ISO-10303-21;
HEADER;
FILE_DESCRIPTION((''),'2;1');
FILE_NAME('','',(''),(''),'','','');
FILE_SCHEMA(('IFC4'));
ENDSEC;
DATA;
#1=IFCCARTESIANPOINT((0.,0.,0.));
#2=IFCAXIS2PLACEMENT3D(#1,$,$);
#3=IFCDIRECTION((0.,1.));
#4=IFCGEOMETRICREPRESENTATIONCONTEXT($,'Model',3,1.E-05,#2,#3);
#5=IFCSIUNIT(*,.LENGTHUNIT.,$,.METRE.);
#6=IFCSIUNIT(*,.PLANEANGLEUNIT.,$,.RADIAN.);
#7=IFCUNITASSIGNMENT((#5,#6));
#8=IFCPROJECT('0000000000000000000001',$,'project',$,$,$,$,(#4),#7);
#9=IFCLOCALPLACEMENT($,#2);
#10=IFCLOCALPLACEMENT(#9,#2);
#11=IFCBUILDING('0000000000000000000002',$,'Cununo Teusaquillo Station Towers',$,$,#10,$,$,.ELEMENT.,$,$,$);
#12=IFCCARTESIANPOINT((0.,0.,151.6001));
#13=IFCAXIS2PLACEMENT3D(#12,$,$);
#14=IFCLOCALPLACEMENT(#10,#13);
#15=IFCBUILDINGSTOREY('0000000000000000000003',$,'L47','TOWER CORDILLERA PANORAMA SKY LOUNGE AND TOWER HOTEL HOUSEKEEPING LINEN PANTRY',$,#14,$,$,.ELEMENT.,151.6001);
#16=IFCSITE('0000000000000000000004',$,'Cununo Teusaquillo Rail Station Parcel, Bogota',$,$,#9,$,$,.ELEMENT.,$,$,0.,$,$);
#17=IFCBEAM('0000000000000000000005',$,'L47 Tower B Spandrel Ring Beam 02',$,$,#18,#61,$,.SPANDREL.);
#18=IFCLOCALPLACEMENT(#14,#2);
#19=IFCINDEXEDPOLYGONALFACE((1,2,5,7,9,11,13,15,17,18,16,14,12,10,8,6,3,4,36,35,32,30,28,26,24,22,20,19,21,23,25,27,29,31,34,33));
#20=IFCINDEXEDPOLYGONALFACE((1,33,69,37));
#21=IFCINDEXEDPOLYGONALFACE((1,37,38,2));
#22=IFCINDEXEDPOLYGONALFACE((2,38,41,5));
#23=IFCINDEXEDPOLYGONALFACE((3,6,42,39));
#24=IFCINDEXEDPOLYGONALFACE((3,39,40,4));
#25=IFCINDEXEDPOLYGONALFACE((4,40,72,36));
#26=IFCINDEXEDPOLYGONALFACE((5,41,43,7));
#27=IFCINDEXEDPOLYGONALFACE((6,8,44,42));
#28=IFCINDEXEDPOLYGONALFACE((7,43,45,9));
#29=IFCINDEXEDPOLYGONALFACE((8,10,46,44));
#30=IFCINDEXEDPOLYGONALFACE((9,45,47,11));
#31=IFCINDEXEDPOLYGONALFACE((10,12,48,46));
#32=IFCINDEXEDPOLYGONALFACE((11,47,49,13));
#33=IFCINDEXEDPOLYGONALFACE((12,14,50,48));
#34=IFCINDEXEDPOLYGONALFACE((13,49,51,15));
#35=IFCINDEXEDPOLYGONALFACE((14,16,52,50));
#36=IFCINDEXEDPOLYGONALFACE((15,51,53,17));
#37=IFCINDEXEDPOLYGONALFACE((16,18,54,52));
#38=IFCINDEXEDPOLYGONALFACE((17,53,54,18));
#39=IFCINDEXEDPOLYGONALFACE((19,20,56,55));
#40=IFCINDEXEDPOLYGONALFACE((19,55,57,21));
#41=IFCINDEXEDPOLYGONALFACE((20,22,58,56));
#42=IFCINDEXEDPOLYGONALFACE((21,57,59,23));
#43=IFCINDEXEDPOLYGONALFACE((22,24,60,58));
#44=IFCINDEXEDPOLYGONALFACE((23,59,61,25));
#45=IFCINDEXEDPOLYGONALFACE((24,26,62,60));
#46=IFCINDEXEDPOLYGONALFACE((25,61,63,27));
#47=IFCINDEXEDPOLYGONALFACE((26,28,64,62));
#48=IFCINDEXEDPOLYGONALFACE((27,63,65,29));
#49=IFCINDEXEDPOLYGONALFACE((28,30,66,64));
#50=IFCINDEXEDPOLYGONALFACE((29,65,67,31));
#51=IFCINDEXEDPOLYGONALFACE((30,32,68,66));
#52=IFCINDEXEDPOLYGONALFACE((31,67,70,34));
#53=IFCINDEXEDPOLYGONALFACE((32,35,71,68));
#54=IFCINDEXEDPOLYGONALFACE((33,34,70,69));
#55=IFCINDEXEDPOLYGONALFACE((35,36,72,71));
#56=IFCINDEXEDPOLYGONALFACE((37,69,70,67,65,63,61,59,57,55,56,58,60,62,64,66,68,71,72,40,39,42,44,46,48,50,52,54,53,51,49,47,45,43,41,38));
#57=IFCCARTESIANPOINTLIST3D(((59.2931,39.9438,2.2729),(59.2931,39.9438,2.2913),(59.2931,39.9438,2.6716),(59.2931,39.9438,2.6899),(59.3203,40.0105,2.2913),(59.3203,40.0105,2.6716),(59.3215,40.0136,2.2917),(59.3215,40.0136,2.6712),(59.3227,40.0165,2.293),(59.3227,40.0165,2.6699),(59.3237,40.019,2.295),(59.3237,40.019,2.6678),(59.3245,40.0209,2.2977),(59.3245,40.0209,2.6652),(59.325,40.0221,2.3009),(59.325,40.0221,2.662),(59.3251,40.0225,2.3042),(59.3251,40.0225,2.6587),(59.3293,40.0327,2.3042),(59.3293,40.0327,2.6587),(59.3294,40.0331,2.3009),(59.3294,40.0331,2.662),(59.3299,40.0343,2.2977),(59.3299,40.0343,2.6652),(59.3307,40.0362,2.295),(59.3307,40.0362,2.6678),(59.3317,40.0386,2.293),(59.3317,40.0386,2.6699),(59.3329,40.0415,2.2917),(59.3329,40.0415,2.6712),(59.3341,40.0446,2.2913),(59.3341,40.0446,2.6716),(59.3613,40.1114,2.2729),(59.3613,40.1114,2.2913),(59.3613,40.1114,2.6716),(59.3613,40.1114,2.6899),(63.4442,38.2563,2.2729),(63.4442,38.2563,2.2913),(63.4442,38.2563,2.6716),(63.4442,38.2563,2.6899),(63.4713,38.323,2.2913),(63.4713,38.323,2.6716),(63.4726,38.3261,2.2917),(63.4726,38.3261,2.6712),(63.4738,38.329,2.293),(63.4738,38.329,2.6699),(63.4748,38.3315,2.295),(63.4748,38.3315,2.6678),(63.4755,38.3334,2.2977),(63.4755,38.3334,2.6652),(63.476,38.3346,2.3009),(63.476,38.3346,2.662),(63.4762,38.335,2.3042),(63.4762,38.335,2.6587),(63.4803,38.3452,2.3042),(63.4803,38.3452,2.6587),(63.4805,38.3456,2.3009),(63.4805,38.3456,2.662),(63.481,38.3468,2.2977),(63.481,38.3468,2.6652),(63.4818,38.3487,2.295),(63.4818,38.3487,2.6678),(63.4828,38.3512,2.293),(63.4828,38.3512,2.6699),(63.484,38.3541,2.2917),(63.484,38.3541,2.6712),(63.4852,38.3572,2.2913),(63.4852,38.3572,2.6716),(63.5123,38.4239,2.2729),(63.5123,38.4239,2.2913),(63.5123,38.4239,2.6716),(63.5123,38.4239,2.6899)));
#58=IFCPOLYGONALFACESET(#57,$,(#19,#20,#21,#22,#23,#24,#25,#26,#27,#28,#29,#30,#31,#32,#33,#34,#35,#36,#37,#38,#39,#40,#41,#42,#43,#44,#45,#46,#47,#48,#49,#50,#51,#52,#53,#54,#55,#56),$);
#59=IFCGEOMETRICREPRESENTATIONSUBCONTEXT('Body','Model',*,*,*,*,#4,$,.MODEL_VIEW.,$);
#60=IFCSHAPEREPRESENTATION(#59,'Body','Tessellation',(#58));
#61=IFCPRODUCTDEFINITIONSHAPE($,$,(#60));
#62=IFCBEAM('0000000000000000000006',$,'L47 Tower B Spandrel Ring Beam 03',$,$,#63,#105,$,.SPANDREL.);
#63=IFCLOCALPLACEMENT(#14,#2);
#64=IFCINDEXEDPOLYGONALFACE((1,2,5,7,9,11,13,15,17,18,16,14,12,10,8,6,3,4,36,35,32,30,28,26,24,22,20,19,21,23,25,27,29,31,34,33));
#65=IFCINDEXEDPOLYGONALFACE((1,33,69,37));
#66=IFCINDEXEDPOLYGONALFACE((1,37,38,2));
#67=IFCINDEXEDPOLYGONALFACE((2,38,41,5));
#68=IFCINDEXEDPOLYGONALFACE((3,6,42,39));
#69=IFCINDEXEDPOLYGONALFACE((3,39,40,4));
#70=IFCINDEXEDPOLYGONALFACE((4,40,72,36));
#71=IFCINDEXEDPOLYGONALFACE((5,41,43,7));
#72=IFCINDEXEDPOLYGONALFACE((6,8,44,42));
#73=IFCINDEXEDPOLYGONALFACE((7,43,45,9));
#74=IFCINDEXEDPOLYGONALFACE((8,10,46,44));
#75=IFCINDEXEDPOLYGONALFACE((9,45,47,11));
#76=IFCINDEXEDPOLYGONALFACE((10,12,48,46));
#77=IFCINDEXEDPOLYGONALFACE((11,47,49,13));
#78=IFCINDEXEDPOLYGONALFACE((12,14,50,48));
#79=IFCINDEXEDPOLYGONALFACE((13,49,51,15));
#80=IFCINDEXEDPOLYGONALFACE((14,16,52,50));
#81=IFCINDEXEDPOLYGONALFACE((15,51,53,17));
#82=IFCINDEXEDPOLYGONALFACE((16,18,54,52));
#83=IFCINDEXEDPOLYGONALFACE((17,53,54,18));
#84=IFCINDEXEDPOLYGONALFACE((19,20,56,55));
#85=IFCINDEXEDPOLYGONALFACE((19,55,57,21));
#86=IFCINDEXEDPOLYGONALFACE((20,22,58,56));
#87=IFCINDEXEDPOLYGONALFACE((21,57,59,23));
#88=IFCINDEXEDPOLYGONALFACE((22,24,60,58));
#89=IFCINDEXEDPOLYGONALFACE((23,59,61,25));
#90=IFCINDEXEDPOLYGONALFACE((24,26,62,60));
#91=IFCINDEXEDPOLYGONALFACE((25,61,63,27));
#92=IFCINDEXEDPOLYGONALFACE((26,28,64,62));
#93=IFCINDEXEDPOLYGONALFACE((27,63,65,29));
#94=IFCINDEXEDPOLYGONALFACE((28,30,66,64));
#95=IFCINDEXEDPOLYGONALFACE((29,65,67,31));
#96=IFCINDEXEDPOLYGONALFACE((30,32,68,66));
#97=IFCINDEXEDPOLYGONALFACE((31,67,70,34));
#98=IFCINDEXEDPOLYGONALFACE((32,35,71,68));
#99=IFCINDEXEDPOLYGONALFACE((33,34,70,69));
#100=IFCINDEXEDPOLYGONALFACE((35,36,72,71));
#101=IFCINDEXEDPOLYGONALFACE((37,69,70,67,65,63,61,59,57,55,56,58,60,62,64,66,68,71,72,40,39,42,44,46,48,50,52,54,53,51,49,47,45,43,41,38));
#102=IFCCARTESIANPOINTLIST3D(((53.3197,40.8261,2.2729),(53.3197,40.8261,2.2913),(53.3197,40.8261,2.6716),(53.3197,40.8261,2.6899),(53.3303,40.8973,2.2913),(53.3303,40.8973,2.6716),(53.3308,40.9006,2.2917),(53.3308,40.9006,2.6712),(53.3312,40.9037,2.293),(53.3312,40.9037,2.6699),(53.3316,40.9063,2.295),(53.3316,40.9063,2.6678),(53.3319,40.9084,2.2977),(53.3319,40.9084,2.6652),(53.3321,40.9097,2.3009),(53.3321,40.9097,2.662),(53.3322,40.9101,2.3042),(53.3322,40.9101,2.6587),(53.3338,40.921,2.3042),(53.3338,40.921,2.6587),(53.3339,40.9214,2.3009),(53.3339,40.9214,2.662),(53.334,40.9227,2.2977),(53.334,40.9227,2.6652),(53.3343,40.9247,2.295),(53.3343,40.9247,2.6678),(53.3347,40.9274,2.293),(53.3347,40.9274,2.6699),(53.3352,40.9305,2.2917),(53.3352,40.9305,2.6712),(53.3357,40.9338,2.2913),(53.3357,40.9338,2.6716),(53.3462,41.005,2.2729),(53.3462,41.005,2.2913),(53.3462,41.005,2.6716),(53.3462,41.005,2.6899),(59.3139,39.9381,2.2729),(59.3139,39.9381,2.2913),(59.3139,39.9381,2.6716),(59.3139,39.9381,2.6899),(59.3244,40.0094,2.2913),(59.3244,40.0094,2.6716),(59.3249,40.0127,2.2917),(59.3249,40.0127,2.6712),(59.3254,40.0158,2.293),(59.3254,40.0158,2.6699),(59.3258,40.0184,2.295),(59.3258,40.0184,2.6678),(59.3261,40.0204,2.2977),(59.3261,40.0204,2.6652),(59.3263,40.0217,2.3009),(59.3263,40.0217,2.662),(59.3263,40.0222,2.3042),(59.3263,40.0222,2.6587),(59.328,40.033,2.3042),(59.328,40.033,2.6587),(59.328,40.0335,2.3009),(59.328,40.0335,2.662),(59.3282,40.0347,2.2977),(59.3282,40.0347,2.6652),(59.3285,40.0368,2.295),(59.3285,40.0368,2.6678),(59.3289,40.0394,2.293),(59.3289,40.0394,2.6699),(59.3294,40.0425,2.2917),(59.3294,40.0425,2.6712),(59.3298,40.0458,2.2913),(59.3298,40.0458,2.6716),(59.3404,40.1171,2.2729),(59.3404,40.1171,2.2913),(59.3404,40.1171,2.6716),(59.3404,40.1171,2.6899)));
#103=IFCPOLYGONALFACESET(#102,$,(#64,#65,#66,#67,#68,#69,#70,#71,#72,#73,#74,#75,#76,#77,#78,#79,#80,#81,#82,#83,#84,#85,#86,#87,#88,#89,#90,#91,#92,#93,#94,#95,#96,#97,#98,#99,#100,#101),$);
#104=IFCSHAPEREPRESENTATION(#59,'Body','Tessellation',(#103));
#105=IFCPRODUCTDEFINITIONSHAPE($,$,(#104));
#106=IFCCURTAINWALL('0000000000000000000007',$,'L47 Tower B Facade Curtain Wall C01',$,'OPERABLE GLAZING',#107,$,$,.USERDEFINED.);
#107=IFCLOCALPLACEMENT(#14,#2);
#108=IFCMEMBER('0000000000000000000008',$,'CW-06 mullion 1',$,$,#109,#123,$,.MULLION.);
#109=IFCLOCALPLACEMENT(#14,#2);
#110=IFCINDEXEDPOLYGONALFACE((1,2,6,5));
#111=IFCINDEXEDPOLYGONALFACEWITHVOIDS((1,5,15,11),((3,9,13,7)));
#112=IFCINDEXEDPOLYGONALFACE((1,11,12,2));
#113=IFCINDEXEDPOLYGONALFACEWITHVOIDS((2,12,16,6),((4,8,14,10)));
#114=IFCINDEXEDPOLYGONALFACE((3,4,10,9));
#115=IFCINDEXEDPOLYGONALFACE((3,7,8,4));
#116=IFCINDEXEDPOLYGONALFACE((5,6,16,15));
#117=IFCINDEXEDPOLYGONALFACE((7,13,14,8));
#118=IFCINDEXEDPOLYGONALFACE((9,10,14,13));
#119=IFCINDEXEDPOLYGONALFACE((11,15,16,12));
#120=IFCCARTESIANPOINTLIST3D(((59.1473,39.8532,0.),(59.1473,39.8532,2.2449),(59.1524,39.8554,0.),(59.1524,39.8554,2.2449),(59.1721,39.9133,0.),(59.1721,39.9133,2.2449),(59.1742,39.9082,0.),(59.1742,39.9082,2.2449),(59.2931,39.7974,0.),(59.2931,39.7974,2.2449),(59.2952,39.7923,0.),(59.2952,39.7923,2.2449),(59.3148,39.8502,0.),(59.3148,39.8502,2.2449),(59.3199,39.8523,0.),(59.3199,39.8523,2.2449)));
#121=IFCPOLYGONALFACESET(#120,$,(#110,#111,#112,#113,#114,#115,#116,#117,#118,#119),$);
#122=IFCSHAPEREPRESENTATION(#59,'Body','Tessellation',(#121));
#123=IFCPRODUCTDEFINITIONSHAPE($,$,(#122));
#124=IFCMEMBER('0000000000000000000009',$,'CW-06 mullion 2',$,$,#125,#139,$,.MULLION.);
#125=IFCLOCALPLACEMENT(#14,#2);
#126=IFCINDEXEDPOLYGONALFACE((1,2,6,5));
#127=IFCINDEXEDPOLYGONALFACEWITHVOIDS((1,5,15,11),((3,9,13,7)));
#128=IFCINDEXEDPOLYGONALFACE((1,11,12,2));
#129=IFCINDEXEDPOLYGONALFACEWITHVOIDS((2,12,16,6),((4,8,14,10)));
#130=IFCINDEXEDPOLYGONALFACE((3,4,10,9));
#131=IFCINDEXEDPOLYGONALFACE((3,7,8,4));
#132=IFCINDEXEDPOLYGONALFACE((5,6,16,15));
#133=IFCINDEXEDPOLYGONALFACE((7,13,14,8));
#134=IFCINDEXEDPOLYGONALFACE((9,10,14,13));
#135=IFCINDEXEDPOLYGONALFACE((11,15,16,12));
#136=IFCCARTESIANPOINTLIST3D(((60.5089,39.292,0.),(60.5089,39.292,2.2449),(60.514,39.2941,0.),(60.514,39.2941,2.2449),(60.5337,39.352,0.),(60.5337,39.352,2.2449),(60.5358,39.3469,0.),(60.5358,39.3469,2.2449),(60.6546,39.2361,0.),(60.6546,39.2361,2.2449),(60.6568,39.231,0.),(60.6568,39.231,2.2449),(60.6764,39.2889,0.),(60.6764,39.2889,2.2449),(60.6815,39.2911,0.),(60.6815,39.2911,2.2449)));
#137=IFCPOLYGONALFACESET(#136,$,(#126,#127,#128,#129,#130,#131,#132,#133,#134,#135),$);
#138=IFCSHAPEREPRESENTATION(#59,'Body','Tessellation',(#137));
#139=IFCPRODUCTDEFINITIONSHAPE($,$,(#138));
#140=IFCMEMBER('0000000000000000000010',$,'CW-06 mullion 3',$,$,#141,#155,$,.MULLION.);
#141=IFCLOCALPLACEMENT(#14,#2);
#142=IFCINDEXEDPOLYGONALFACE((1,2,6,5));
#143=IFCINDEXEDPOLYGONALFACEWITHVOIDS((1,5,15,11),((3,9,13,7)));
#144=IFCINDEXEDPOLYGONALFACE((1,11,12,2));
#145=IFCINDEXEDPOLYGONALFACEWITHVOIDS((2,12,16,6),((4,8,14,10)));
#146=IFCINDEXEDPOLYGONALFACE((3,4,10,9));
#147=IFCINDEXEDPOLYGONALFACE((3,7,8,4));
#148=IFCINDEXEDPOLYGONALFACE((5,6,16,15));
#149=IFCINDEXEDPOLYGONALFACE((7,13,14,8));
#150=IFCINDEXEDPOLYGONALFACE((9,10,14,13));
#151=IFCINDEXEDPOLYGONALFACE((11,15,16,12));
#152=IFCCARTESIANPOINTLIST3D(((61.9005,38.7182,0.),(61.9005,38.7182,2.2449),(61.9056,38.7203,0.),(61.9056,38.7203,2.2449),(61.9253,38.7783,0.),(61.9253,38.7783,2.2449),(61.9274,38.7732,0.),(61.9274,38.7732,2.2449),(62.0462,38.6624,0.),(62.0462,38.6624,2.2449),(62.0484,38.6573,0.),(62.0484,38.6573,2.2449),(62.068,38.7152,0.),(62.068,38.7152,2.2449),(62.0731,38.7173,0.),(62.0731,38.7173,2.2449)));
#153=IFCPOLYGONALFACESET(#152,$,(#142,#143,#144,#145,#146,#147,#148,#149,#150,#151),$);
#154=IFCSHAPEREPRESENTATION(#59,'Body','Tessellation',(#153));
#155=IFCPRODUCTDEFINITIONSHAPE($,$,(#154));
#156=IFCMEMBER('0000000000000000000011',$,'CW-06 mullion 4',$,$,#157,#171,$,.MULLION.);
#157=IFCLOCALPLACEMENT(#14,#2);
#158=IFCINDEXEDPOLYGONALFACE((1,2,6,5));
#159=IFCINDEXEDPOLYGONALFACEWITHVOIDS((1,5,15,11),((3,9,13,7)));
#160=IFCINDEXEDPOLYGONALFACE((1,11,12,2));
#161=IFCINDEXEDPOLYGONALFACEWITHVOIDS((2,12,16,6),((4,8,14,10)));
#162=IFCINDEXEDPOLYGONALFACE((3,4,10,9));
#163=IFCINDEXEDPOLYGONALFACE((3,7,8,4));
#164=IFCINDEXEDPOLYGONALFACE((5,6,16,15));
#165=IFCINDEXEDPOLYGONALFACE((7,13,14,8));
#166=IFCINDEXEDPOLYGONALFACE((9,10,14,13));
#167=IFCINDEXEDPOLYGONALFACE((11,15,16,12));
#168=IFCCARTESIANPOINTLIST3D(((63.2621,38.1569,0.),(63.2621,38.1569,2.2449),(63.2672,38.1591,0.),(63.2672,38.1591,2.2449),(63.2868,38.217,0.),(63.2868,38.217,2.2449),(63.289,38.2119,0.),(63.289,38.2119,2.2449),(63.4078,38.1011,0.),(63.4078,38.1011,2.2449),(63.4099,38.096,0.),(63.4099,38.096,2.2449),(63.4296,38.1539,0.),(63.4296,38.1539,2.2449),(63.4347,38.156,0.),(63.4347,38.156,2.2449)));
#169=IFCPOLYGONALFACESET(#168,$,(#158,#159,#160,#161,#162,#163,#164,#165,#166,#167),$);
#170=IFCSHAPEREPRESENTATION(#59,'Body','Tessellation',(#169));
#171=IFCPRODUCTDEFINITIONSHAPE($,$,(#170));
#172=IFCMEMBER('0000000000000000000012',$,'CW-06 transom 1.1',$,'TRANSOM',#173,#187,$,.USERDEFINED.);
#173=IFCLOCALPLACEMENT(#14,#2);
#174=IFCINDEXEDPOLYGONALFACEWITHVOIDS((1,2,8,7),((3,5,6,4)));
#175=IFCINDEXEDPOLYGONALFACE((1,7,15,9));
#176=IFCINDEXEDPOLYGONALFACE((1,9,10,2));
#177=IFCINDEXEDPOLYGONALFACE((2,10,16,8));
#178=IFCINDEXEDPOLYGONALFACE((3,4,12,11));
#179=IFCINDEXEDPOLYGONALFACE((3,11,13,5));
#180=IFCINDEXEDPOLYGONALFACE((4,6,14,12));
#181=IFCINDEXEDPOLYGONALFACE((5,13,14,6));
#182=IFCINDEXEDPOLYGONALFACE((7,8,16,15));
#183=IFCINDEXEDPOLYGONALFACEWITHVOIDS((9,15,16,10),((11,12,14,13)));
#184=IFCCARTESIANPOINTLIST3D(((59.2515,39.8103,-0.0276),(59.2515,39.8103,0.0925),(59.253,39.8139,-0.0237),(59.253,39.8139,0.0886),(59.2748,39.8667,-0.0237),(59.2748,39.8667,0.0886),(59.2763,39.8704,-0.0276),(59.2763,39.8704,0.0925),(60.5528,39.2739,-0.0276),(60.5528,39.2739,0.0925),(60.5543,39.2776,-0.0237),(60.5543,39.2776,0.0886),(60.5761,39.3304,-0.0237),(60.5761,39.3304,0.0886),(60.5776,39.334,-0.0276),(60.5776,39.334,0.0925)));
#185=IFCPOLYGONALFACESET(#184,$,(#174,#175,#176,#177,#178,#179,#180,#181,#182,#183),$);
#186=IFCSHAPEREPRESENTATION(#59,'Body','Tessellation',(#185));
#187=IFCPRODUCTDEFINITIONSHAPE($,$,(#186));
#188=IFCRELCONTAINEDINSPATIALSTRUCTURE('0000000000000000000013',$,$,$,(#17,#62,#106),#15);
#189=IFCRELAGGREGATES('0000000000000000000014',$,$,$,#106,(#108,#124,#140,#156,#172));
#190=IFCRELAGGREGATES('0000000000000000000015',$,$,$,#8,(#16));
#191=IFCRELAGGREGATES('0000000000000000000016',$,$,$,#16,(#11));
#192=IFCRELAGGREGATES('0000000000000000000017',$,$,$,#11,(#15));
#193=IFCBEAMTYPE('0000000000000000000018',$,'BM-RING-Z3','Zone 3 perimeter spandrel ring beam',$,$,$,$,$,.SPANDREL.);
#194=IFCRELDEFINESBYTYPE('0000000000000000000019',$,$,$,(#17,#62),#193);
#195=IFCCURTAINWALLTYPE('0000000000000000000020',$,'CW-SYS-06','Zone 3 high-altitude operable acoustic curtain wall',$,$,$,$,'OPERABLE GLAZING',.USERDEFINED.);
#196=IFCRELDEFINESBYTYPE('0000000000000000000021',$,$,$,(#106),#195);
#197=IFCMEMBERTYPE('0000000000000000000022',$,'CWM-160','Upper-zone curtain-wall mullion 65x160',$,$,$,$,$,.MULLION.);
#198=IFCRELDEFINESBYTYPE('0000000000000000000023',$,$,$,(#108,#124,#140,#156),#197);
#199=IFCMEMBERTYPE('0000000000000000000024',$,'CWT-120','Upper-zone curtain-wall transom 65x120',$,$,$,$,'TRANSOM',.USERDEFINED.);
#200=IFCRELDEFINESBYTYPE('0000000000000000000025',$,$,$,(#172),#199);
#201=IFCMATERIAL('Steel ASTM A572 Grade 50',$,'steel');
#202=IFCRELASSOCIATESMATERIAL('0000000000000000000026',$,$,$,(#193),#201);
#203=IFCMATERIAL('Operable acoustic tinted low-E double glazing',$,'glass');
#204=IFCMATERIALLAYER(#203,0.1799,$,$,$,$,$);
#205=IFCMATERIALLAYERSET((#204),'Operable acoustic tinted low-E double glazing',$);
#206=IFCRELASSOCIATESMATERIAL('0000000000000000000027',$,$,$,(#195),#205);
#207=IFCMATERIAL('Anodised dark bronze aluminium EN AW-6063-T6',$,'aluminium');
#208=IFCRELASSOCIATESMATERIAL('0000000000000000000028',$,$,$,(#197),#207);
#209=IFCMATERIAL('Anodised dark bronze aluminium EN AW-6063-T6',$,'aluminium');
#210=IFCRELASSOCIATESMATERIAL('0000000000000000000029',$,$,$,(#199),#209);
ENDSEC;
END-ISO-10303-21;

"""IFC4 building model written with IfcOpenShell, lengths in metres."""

from ifc_helpers import new_model, si_unit, direction, frame, origin, origin_2d, place, context, subcontext, project, spatial, hollow_rectangle, i_section, extrude, material, layer, layer_set, material_profile, profile_set, type_object, element, aggregate, save


model = new_model("IFC4")

# Units and contexts
model_context = context("Model", 3, precision=1e-05, world=origin(), true_north=direction((0.0, 1.0)))
body_context = subcontext(model_context, "Body", "Model", "MODEL_VIEW")
ifc_project = project(units=[si_unit("LENGTHUNIT", "METRE"), si_unit("PLANEANGLEUNIT", "RADIAN")], contexts=[model_context])

# Site, building, storey
site_placement = place(None, origin())
site = spatial("IfcSite", under=ifc_project, at=site_placement, Name="Cununo Teusaquillo Rail Station Parcel, Bogota", CompositionType="ELEMENT", RefElevation=0.0)
building_placement = place(site_placement, origin())
building = spatial("IfcBuilding", under=site, at=building_placement, Name="Cununo Teusaquillo Station Towers", CompositionType="ELEMENT")
storey_placement = place(building_placement, frame((0.0, 0.0, 151.6001)))
storey = spatial("IfcBuildingStorey", under=building, at=storey_placement, Name="L47", Description="TOWER CORDILLERA PANORAMA SKY LOUNGE AND TOWER HOTEL HOUSEKEEPING LINEN PANTRY", CompositionType="ELEMENT", Elevation=151.6001)

# Beams
ifc_material_1 = material(Name="Steel ASTM A572 Grade 50", Category="steel")
ifc_material_profile_1 = material_profile(ifc_material_1, i_section(OverallWidth=0.1809, OverallDepth=0.417, WebThickness=0.011, FlangeThickness=0.0183, FilletRadius=0.0129, at=origin_2d()), Name="W16X57")
ifc_profile_set_1 = profile_set([ifc_material_profile_1], Name="Steel ASTM A572 Grade 50")
beam_type_1 = type_object("IfcBeamType", Name="BM-RING-Z3", Description="Zone 3 perimeter spandrel ring beam", PredefinedType="SPANDREL", material=ifc_profile_set_1)
beam_1_placement = place(storey_placement, frame((63.4783, 38.3401, 2.4814), z_axis=(-0.92638, 0.376589, 0.0), x_axis=(-0.376589, -0.92638, 0.0)))
element("IfcBeam", 1, at=beam_1_placement, inside=storey, type_object=beam_type_1, Name="L47 Tower B Spandrel Ring Beam 02", PredefinedType="SPANDREL", context=body_context, shape_type="SweptSolid", body=[
    extrude(i_section(OverallWidth=0.1809, OverallDepth=0.417, WebThickness=0.011, FlangeThickness=0.0183, FilletRadius=0.0129, at=origin_2d()), origin(), (0.0, 0.0, 1.0), 4.481),
])
beam_2_placement = place(storey_placement, frame((59.3271, 40.0276, 2.4814), z_axis=(-0.989205, 0.146536, 0.0), x_axis=(-0.146536, -0.989205, 0.0)))
element("IfcBeam", 2, at=beam_2_placement, inside=storey, type_object=beam_type_1, Name="L47 Tower B Spandrel Ring Beam 03", PredefinedType="SPANDREL", context=body_context, shape_type="SweptSolid", body=[
    extrude(i_section(OverallWidth=0.1809, OverallDepth=0.417, WebThickness=0.011, FlangeThickness=0.0183, FilletRadius=0.0129, at=origin_2d()), origin(), (0.0, 0.0, 1.0), 6.0596),
])

# Curtain wall, members
ifc_material_2 = material(Name="Operable acoustic tinted low-E double glazing", Category="glass")
ifc_layer_1 = layer(ifc_material_2, 0.1799)
ifc_layer_set_1 = layer_set([ifc_layer_1], Name="Operable acoustic tinted low-E double glazing")
curtain_wall_type = type_object("IfcCurtainWallType", Name="CW-SYS-06", Description="Zone 3 high-altitude operable acoustic curtain wall", ElementType="OPERABLE GLAZING", PredefinedType="USERDEFINED", material=ifc_layer_set_1)
curtain_wall_placement = place(storey_placement, origin())
curtain_wall = element("IfcCurtainWall", 3, at=curtain_wall_placement, inside=storey, type_object=curtain_wall_type, Name="L47 Tower B Facade Curtain Wall C01", ObjectType="OPERABLE GLAZING", PredefinedType="USERDEFINED")
ifc_material_3 = material(Name="Anodised dark bronze aluminium EN AW-6063-T6", Category="aluminium")
ifc_material_profile_2 = material_profile(ifc_material_3, hollow_rectangle(XDim=0.0649, YDim=0.1599, WallThickness=0.0039, at=origin_2d()), Name="CW-MULL-65x160")
ifc_profile_set_2 = profile_set([ifc_material_profile_2], Name="Anodised dark bronze aluminium EN AW-6063-T6")
member_type_1 = type_object("IfcMemberType", Name="CWM-160", Description="Upper-zone curtain-wall mullion 65x160", PredefinedType="MULLION", material=ifc_profile_set_2)
member_1_placement = place(storey_placement, frame((59.2336, 39.8528, 0.0), z_axis=(0.0, 0.0, 1.0), x_axis=(0.381122, 0.924525, 0.0)))
member_1 = element("IfcMember", 4, at=member_1_placement, type_object=member_type_1, Name="CW-06 mullion 1", PredefinedType="MULLION", context=body_context, shape_type="SweptSolid", body=[
    extrude(hollow_rectangle(XDim=0.0649, YDim=0.1599, WallThickness=0.0039, at=origin_2d()), origin(), (0.0, 0.0, 1.0), 2.2449),
])
member_2_placement = place(storey_placement, frame((60.5952, 39.2915, 0.0), z_axis=(0.0, 0.0, 1.0), x_axis=(0.381122, 0.924525, 0.0)))
member_2 = element("IfcMember", 5, at=member_2_placement, type_object=member_type_1, Name="CW-06 mullion 2", PredefinedType="MULLION", context=body_context, shape_type="SweptSolid", body=[
    extrude(hollow_rectangle(XDim=0.0649, YDim=0.1599, WallThickness=0.0039, at=origin_2d()), origin(), (0.0, 0.0, 1.0), 2.2449),
])
member_3_placement = place(storey_placement, frame((61.9868, 38.7178, 0.0), z_axis=(0.0, 0.0, 1.0), x_axis=(0.381122, 0.924525, 0.0)))
member_3 = element("IfcMember", 6, at=member_3_placement, type_object=member_type_1, Name="CW-06 mullion 3", PredefinedType="MULLION", context=body_context, shape_type="SweptSolid", body=[
    extrude(hollow_rectangle(XDim=0.0649, YDim=0.1599, WallThickness=0.0039, at=origin_2d()), origin(), (0.0, 0.0, 1.0), 2.2449),
])
member_4_placement = place(storey_placement, frame((63.3484, 38.1565, 0.0), z_axis=(0.0, 0.0, 1.0), x_axis=(0.381122, 0.924525, 0.0)))
member_4 = element("IfcMember", 7, at=member_4_placement, type_object=member_type_1, Name="CW-06 mullion 4", PredefinedType="MULLION", context=body_context, shape_type="SweptSolid", body=[
    extrude(hollow_rectangle(XDim=0.0649, YDim=0.1599, WallThickness=0.0039, at=origin_2d()), origin(), (0.0, 0.0, 1.0), 2.2449),
])
ifc_material_4 = material(Name="Anodised dark bronze aluminium EN AW-6063-T6", Category="aluminium")
ifc_material_profile_3 = material_profile(ifc_material_4, hollow_rectangle(XDim=0.0649, YDim=0.1201, WallThickness=0.0039, at=origin_2d()), Name="CW-TRAN-65x120")
ifc_profile_set_3 = profile_set([ifc_material_profile_3], Name="Anodised dark bronze aluminium EN AW-6063-T6")
member_type_2 = type_object("IfcMemberType", Name="CWT-120", Description="Upper-zone curtain-wall transom 65x120", ElementType="TRANSOM", PredefinedType="USERDEFINED", material=ifc_profile_set_3)
member_5_placement = place(storey_placement, frame((59.2639, 39.8403, 0.0325), z_axis=(0.924538, -0.38109, 0.0), x_axis=(0.38109, 0.924538, 0.0)))
member_5 = element("IfcMember", 8, at=member_5_placement, type_object=member_type_2, Name="CW-06 transom 1.1", ObjectType="TRANSOM", PredefinedType="USERDEFINED", context=body_context, shape_type="SweptSolid", body=[
    extrude(hollow_rectangle(XDim=0.0649, YDim=0.1201, WallThickness=0.0039, at=origin_2d()), origin(), (0.0, 0.0, 1.0), 1.4075),
])

aggregate(curtain_wall, [member_1, member_2, member_3, member_4, member_5])

save(model, "model.ifc")
